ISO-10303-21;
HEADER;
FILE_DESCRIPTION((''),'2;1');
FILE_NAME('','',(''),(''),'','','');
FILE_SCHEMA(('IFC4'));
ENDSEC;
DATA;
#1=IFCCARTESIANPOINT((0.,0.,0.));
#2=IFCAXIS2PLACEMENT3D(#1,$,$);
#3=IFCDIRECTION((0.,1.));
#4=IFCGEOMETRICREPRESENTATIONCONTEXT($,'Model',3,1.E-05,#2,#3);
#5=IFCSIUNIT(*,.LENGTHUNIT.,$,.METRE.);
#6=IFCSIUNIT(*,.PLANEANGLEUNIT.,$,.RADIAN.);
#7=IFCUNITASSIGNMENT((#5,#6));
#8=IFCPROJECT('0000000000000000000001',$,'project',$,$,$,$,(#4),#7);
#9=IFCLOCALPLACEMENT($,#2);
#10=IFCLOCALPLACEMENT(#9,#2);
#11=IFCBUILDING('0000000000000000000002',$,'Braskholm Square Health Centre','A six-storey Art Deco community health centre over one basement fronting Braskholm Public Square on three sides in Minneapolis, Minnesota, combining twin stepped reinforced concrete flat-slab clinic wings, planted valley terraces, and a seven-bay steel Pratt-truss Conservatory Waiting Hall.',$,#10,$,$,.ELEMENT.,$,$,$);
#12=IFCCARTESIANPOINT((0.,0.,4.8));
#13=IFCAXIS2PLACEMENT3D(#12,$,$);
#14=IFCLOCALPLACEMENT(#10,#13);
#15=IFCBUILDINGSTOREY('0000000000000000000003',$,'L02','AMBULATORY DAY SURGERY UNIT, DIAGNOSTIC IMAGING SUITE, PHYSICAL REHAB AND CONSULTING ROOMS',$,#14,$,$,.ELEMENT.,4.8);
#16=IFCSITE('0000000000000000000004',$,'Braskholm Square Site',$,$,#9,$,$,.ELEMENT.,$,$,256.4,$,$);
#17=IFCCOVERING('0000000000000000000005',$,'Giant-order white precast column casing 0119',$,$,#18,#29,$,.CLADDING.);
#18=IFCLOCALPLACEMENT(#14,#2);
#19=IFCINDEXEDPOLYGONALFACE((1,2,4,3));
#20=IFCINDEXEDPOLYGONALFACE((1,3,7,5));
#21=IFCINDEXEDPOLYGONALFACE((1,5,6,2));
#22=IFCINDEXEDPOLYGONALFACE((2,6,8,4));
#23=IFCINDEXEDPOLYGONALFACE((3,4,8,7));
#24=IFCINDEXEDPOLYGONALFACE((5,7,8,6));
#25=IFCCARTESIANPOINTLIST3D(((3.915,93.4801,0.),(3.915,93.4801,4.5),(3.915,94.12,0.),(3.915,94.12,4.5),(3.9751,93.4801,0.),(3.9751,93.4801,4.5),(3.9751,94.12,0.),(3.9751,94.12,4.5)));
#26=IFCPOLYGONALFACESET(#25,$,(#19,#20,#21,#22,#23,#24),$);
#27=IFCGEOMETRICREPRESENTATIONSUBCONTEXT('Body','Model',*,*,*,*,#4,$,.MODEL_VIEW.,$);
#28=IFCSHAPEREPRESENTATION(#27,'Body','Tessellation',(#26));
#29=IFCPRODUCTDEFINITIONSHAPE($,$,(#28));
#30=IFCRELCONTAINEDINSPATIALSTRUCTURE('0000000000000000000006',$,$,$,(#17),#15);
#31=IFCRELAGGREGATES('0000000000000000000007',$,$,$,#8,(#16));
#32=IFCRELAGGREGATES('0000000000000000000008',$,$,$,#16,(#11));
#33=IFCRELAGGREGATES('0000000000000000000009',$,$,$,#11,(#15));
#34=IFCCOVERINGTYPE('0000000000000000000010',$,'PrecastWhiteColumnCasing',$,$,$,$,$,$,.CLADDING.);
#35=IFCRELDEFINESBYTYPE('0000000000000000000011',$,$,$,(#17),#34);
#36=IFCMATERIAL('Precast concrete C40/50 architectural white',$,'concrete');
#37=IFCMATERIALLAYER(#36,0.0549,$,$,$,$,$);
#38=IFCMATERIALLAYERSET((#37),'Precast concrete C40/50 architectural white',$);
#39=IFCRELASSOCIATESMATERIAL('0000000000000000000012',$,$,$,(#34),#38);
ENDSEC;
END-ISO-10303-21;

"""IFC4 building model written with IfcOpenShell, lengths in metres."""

from ifc_helpers import new_model, si_unit, direction, frame, origin, origin_2d, place, context, subcontext, project, spatial, rectangle, extrude, material, layer, layer_set, type_object, element, save


model = new_model("IFC4")

# Units and contexts
model_context = context("Model", 3, precision=1e-05, world=origin(), true_north=direction((0.0, 1.0)))
body_context = subcontext(model_context, "Body", "Model", "MODEL_VIEW")
ifc_project = project(units=[si_unit("LENGTHUNIT", "METRE"), si_unit("PLANEANGLEUNIT", "RADIAN")], contexts=[model_context])

# Site, building, storey
site_placement = place(None, origin())
site = spatial("IfcSite", under=ifc_project, at=site_placement, Name="Braskholm Square Site", CompositionType="ELEMENT", RefElevation=256.4)
building_placement = place(site_placement, origin())
building = spatial("IfcBuilding", under=site, at=building_placement, Name="Braskholm Square Health Centre", Description="A six-storey Art Deco community health centre over one basement fronting Braskholm Public Square on three sides in Minneapolis, Minnesota, combining twin stepped reinforced concrete flat-slab clinic wings, planted valley terraces, and a seven-bay steel Pratt-truss Conservatory Waiting Hall.", CompositionType="ELEMENT")
storey_placement = place(building_placement, frame((0.0, 0.0, 4.8)))
storey = spatial("IfcBuildingStorey", under=building, at=storey_placement, Name="L02", Description="AMBULATORY DAY SURGERY UNIT, DIAGNOSTIC IMAGING SUITE, PHYSICAL REHAB AND CONSULTING ROOMS", CompositionType="ELEMENT", Elevation=4.8)

# Covering
ifc_material_1 = material(Name="Precast concrete C40/50 architectural white", Category="concrete")
ifc_layer_1 = layer(ifc_material_1, 0.0549)
ifc_layer_set_1 = layer_set([ifc_layer_1], Name="Precast concrete C40/50 architectural white")
covering_type_1 = type_object("IfcCoveringType", Name="PrecastWhiteColumnCasing", PredefinedType="CLADDING", material=ifc_layer_set_1)
covering_placement = place(storey_placement, frame((3.9451, 93.8, 0.0), z_axis=(0.0, 0.0, 1.0), x_axis=(1.0, 0.0, 0.0)))
element("IfcCovering", 1, at=covering_placement, inside=storey, type_object=covering_type_1, Name="Giant-order white precast column casing 0119", PredefinedType="CLADDING", context=body_context, shape_type="SweptSolid", body=[
    extrude(rectangle(XDim=0.0601, YDim=0.6399, at=origin_2d()), origin(), (0.0, 0.0, 1.0), 4.5),
])

save(model, "model.ifc")
